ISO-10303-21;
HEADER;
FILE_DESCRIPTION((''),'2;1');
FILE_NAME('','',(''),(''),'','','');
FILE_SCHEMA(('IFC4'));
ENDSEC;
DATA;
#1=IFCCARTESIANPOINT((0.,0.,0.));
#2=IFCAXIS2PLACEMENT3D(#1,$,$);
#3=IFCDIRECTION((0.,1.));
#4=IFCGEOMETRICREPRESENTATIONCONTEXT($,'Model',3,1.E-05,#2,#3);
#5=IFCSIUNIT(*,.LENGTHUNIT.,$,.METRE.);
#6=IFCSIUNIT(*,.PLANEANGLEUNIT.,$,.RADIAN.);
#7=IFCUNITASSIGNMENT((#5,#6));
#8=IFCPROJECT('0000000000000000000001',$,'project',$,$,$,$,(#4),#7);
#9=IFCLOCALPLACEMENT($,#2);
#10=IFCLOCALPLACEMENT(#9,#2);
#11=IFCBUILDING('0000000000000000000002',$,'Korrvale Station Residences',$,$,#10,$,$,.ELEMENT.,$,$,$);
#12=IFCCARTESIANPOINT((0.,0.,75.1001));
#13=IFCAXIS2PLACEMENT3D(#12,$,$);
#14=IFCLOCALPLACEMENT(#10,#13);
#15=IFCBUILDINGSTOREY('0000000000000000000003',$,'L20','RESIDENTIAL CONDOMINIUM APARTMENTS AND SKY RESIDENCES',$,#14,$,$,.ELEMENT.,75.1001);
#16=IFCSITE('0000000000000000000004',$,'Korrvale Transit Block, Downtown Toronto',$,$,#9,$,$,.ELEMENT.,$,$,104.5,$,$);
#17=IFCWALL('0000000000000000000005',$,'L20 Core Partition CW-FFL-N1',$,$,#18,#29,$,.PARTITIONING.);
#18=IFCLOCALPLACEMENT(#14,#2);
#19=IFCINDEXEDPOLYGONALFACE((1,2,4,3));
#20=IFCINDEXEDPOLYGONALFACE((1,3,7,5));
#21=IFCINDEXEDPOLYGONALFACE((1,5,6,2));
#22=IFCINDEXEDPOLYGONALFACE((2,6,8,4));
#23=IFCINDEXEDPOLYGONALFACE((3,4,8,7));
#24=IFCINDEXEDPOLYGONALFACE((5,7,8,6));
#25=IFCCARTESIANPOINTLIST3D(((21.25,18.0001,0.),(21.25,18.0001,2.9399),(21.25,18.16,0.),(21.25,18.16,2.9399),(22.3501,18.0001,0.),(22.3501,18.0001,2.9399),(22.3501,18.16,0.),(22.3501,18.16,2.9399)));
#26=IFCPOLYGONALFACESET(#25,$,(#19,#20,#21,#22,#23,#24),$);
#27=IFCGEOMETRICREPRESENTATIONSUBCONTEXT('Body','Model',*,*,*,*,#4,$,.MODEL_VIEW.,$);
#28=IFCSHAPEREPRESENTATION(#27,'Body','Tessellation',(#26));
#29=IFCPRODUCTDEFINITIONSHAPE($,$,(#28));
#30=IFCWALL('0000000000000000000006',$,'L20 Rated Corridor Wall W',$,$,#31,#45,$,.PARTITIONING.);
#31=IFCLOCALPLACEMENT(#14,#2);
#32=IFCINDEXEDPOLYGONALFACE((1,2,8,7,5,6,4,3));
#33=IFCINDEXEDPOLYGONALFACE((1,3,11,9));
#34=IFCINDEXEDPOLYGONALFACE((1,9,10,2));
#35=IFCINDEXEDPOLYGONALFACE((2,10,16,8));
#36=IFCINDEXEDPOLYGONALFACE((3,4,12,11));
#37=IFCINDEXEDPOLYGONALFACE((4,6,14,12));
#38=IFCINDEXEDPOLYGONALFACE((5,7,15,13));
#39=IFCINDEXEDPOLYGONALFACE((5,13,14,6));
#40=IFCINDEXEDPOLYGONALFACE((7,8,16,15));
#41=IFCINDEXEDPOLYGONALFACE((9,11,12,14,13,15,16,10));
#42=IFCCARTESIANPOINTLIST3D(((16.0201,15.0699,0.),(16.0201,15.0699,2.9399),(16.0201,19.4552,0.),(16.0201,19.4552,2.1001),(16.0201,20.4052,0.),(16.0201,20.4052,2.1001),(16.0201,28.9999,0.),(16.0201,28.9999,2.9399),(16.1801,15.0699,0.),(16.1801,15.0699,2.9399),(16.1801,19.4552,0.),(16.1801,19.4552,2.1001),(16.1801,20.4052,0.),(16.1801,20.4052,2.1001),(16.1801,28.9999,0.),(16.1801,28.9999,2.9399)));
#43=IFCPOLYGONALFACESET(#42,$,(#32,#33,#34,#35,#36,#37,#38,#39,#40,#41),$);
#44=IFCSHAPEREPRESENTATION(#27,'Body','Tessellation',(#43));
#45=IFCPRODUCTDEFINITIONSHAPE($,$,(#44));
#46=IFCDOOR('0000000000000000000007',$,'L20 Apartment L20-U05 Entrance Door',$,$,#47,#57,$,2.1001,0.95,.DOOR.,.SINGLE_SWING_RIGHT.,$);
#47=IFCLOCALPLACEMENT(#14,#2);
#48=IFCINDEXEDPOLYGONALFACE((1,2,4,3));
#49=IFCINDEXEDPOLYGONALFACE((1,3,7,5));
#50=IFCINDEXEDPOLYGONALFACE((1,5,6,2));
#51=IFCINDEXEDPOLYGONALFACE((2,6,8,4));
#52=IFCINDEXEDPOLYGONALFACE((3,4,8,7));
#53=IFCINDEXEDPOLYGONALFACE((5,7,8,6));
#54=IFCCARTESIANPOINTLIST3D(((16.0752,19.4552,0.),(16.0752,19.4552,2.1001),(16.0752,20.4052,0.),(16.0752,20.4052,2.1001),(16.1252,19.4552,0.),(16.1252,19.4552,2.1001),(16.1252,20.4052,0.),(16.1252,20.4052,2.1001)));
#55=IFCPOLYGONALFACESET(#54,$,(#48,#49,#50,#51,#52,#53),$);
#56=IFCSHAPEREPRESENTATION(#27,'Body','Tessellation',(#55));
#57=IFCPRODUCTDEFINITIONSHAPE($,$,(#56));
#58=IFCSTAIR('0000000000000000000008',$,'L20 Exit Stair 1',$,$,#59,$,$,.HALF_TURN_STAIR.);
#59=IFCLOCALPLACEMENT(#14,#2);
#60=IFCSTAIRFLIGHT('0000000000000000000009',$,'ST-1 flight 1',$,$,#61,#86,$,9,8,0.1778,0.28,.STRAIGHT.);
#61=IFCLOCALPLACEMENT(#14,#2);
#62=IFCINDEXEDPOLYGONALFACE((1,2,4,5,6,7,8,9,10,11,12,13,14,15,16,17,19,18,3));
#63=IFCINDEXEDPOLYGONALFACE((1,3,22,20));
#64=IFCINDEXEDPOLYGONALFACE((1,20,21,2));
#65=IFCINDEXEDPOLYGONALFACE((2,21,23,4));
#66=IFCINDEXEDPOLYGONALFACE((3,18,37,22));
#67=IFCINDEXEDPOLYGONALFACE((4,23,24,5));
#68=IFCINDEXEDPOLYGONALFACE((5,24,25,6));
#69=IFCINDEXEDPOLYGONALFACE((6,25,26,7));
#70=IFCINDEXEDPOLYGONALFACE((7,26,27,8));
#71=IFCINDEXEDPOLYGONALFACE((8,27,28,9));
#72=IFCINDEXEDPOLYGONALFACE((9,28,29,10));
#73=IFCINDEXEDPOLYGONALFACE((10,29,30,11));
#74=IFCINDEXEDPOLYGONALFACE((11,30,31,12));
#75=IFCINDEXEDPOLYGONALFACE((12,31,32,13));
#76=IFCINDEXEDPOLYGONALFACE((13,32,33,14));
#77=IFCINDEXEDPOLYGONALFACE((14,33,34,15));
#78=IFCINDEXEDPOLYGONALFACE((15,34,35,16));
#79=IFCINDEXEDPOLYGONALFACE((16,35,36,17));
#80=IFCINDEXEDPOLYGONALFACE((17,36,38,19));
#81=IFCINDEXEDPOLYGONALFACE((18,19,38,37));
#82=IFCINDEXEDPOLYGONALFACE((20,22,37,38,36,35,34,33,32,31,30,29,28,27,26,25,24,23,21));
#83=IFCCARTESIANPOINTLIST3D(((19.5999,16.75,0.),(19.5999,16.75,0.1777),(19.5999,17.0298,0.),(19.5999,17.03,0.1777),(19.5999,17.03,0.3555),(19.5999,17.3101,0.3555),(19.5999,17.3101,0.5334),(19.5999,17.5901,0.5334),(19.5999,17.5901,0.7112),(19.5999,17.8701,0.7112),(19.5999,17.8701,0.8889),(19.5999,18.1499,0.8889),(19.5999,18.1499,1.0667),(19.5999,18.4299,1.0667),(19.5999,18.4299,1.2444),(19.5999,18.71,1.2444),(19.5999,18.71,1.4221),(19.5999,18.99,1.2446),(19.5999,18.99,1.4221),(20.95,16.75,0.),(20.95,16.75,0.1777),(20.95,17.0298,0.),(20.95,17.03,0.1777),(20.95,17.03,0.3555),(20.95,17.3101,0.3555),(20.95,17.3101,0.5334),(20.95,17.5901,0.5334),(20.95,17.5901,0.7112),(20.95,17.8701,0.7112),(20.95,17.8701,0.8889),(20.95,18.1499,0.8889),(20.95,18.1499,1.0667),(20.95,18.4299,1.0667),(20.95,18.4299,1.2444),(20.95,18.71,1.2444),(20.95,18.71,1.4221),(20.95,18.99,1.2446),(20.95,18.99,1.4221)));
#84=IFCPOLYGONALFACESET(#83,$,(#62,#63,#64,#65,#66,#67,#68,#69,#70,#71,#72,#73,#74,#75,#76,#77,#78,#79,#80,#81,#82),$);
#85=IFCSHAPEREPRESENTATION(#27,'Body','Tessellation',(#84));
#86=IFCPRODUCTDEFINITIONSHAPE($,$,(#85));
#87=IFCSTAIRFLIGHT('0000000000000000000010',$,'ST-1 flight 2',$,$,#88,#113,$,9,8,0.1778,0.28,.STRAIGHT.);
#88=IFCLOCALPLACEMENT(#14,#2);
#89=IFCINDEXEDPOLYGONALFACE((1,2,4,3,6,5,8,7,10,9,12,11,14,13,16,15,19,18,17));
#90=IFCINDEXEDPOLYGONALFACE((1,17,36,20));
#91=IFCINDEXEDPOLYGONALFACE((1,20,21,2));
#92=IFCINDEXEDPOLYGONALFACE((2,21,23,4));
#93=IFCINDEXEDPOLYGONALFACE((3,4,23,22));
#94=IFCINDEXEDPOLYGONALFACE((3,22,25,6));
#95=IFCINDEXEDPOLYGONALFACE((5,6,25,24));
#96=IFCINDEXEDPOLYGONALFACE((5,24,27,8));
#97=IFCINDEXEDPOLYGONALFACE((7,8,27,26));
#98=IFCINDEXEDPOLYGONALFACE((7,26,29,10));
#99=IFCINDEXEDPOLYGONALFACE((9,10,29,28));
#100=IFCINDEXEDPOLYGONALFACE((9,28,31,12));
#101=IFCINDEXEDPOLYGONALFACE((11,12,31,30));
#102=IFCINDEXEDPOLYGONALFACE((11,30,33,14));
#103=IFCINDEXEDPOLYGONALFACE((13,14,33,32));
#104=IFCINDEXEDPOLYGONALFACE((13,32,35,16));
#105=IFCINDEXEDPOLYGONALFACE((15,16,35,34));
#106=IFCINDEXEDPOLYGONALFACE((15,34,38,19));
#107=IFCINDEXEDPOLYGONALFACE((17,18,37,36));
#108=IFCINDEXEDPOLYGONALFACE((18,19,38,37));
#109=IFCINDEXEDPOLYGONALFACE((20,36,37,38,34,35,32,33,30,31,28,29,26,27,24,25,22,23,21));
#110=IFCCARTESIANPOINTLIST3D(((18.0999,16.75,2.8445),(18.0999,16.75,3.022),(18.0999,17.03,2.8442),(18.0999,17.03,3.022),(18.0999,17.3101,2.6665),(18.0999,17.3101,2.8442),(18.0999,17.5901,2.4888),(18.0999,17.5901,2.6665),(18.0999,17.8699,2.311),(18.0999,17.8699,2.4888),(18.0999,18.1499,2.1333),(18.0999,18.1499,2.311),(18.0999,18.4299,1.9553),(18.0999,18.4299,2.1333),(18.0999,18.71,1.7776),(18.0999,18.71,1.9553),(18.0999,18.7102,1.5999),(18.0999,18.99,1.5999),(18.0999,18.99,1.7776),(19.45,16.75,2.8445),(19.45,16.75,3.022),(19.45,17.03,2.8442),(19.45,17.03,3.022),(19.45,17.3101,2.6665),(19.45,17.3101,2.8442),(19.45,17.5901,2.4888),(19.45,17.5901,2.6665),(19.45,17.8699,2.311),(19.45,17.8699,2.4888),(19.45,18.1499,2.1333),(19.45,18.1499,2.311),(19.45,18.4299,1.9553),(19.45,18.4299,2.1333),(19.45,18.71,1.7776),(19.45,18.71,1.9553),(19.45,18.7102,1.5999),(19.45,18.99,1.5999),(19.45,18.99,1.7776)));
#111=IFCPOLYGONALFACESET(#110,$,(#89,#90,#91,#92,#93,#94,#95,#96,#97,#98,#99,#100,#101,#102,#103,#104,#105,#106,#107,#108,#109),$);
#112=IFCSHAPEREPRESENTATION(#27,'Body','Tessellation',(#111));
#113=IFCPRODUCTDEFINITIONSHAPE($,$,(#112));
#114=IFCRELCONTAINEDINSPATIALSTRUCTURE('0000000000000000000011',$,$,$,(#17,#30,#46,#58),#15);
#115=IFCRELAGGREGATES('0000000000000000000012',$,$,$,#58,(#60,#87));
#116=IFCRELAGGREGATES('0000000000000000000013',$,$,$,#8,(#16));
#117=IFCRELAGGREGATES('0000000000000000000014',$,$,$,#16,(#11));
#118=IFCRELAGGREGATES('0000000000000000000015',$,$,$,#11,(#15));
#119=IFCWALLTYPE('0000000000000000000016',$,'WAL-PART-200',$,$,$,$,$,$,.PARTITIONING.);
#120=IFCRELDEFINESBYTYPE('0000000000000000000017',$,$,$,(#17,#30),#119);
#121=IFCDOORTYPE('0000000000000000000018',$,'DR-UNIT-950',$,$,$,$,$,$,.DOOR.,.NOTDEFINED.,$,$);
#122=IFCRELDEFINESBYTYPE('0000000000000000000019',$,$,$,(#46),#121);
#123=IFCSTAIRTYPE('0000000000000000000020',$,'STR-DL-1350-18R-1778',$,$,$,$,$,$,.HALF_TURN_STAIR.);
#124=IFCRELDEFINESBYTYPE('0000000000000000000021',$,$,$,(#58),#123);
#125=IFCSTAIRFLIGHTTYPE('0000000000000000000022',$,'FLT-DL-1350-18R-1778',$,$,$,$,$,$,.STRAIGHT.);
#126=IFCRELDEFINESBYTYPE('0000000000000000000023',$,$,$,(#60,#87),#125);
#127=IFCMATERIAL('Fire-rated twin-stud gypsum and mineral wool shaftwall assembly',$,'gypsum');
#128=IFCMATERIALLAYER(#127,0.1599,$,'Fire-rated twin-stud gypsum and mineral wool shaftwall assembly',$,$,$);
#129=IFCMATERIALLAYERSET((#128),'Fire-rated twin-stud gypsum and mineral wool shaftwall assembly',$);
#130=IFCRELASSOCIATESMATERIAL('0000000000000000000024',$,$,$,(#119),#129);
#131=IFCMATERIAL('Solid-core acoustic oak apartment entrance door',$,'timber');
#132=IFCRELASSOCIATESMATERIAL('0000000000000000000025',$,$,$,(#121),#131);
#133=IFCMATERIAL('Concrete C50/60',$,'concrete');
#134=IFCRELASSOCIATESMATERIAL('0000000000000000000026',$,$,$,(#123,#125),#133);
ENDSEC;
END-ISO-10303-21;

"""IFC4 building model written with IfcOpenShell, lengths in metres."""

from ifc_helpers import new_model, si_unit, direction, frame, frame_2d, origin, place, context, subcontext, project, spatial, polyline, rectangle, outline, extrude, material, layer, layer_set, type_object, element, fill, aggregate, save


model = new_model("IFC4")

# Units and contexts
model_context = context("Model", 3, precision=1e-05, world=origin(), true_north=direction((0.0, 1.0)))
body_context = subcontext(model_context, "Body", "Model", "MODEL_VIEW")
ifc_project = project(units=[si_unit("LENGTHUNIT", "METRE"), si_unit("PLANEANGLEUNIT", "RADIAN")], contexts=[model_context])

# Site, building, storey
site_placement = place(None, origin())
site = spatial("IfcSite", under=ifc_project, at=site_placement, Name="Korrvale Transit Block, Downtown Toronto", CompositionType="ELEMENT", RefElevation=104.5)
building_placement = place(site_placement, origin())
building = spatial("IfcBuilding", under=site, at=building_placement, Name="Korrvale Station Residences", CompositionType="ELEMENT")
storey_placement = place(building_placement, frame((0.0, 0.0, 75.1001)))
storey = spatial("IfcBuildingStorey", under=building, at=storey_placement, Name="L20", Description="RESIDENTIAL CONDOMINIUM APARTMENTS AND SKY RESIDENCES", CompositionType="ELEMENT", Elevation=75.1001)

# Shared definitions
ifc_material_1 = material(Name="Fire-rated twin-stud gypsum and mineral wool shaftwall assembly", Category="gypsum")
ifc_layer_1 = layer(ifc_material_1, 0.1599, Name="Fire-rated twin-stud gypsum and mineral wool shaftwall assembly")
ifc_layer_set_1 = layer_set([ifc_layer_1], Name="Fire-rated twin-stud gypsum and mineral wool shaftwall assembly")
wall_type_1 = type_object("IfcWallType", Name="WAL-PART-200", PredefinedType="PARTITIONING", material=ifc_layer_set_1)

# Wall
wall_1_placement = place(storey_placement, frame((21.25, 18.0801, 0.0), z_axis=(0.0, 0.0, 1.0), x_axis=(1.0, 0.0, 0.0)))
element("IfcWall", 1, at=wall_1_placement, inside=storey, type_object=wall_type_1, Name="L20 Core Partition CW-FFL-N1", PredefinedType="PARTITIONING", context=body_context, shape_type="SweptSolid", body=[
    extrude(rectangle(XDim=1.1001, YDim=0.1599, at=frame_2d((0.55, 0.0))), origin(), (0.0, 0.0, 1.0), 2.9399),
])

# Wall, opening, door
wall_2_placement = place(storey_placement, frame((16.1001, 15.0701, 0.0), z_axis=(0.0, 0.0, 1.0), x_axis=(0.0, 1.0, 0.0)))
wall_2 = element("IfcWall", 2, at=wall_2_placement, inside=storey, type_object=wall_type_1, Name="L20 Rated Corridor Wall W", PredefinedType="PARTITIONING", context=body_context, shape_type="SweptSolid", body=[
    extrude(rectangle(XDim=13.9299, YDim=0.1599, at=frame_2d((6.9648, 0.0))), origin(), (0.0, 0.0, 1.0), 2.9399),
])
opening_1_placement = place(wall_2_placement, frame((4.385, 0.0, 0.0)))
opening_1 = element("IfcOpeningElement", 3, at=opening_1_placement, cuts=wall_2, PredefinedType="OPENING", context=body_context, shape_type="SweptSolid", body=[
    extrude(rectangle(XDim=0.95, YDim=2.1001, at=frame_2d((0.4751, 1.05))), frame((0.0, 0.0898, 0.0), z_axis=(0.0, -1.0, 0.0), x_axis=(1.0, 0.0, 0.0)), (0.0, 0.0, 1.0), 0.1799),
])
ifc_material_2 = material(Name="Solid-core acoustic oak apartment entrance door", Category="timber")
door_type_1 = type_object("IfcDoorType", Name="DR-UNIT-950", OperationType="NOTDEFINED", PredefinedType="DOOR", material=ifc_material_2)
door_1_placement = place(opening_1_placement, origin())
door_1 = element("IfcDoor", 4, at=door_1_placement, inside=storey, type_object=door_type_1, Name="L20 Apartment L20-U05 Entrance Door", OperationType="SINGLE_SWING_RIGHT", OverallHeight=2.1001, OverallWidth=0.95, PredefinedType="DOOR", context=body_context, shape_type="SweptSolid", body=[
    extrude(rectangle(XDim=0.95, YDim=2.1001, at=frame_2d((0.4751, 1.05))), frame((0.0, 0.0249, 0.0), z_axis=(0.0, -1.0, 0.0), x_axis=(1.0, 0.0, 0.0)), (0.0, 0.0, 1.0), 0.05),
])
fill(opening_1, door_1)

# Stair, stair flights
ifc_material_3 = material(Name="Concrete C50/60", Category="concrete")
stair_type = type_object("IfcStairType", Name="STR-DL-1350-18R-1778", PredefinedType="HALF_TURN_STAIR", material=ifc_material_3)
stair_placement = place(storey_placement, origin())
stair = element("IfcStair", 5, at=stair_placement, inside=storey, type_object=stair_type, Name="L20 Exit Stair 1", PredefinedType="HALF_TURN_STAIR")
stair_flight_type = type_object("IfcStairFlightType", Name="FLT-DL-1350-18R-1778", PredefinedType="STRAIGHT", material=ifc_material_3)
stair_flight_1_placement = place(storey_placement, frame((20.2749, 16.75, 0.0), z_axis=(0.0, 0.0, 1.0), x_axis=(0.0, 1.0, 0.0)))
stair_flight_1 = element("IfcStairFlight", 6, at=stair_flight_1_placement, type_object=stair_flight_type, Name="ST-1 flight 1", NumberOfRisers=9, NumberOfTreads=8, PredefinedType="STRAIGHT", RiserHeight=0.1778, TreadLength=0.28, context=body_context, shape_type="SweptSolid", body=[
    extrude(outline(polyline([(0.0, 0.0), (0.0, 0.1777), (0.28, 0.1777), (0.28, 0.3555), (0.5601, 0.3555), (0.5601, 0.5334), (0.8401, 0.5334), (0.8401, 0.7112), (1.1201, 0.7112), (1.1201, 0.8889), (1.3999, 0.8889), (1.3999, 1.0667), (1.6799, 1.0667), (1.6799, 1.2444), (1.96, 1.2444), (1.96, 1.4221), (2.24, 1.4221), (2.24, 1.6001), (2.24, 1.2446), (0.2798, 0.0), (0.0, 0.0)])), frame((0.0, 0.675, 0.0), z_axis=(0.0, -1.0, 0.0), x_axis=(1.0, 0.0, 0.0)), (0.0, 0.0, 1.0), 1.3501),
])
stair_flight_2_placement = place(storey_placement, frame((18.7749, 18.99, 1.5999), z_axis=(0.0, 0.0, 1.0), x_axis=(0.0, -1.0, 0.0)))
stair_flight_2 = element("IfcStairFlight", 7, at=stair_flight_2_placement, type_object=stair_flight_type, Name="ST-1 flight 2", NumberOfRisers=9, NumberOfTreads=8, PredefinedType="STRAIGHT", RiserHeight=0.1778, TreadLength=0.28, context=body_context, shape_type="SweptSolid", body=[
    extrude(outline(polyline([(0.0, 0.0), (0.0, 0.1777), (0.28, 0.1777), (0.28, 0.3555), (0.5601, 0.3555), (0.5601, 0.5334), (0.8401, 0.5334), (0.8401, 0.7112), (1.1201, 0.7112), (1.1201, 0.8889), (1.3999, 0.8889), (1.3999, 1.0667), (1.6799, 1.0667), (1.6799, 1.2444), (1.96, 1.2444), (1.96, 1.4221), (2.24, 1.4221), (2.24, 1.6001), (2.24, 1.2446), (0.2798, 0.0), (0.0, 0.0)])), frame((0.0, 0.675, 0.0), z_axis=(0.0, -1.0, 0.0), x_axis=(1.0, 0.0, 0.0)), (0.0, 0.0, 1.0), 1.3501),
])
aggregate(stair, [stair_flight_1, stair_flight_2])

save(model, "model.ifc")
